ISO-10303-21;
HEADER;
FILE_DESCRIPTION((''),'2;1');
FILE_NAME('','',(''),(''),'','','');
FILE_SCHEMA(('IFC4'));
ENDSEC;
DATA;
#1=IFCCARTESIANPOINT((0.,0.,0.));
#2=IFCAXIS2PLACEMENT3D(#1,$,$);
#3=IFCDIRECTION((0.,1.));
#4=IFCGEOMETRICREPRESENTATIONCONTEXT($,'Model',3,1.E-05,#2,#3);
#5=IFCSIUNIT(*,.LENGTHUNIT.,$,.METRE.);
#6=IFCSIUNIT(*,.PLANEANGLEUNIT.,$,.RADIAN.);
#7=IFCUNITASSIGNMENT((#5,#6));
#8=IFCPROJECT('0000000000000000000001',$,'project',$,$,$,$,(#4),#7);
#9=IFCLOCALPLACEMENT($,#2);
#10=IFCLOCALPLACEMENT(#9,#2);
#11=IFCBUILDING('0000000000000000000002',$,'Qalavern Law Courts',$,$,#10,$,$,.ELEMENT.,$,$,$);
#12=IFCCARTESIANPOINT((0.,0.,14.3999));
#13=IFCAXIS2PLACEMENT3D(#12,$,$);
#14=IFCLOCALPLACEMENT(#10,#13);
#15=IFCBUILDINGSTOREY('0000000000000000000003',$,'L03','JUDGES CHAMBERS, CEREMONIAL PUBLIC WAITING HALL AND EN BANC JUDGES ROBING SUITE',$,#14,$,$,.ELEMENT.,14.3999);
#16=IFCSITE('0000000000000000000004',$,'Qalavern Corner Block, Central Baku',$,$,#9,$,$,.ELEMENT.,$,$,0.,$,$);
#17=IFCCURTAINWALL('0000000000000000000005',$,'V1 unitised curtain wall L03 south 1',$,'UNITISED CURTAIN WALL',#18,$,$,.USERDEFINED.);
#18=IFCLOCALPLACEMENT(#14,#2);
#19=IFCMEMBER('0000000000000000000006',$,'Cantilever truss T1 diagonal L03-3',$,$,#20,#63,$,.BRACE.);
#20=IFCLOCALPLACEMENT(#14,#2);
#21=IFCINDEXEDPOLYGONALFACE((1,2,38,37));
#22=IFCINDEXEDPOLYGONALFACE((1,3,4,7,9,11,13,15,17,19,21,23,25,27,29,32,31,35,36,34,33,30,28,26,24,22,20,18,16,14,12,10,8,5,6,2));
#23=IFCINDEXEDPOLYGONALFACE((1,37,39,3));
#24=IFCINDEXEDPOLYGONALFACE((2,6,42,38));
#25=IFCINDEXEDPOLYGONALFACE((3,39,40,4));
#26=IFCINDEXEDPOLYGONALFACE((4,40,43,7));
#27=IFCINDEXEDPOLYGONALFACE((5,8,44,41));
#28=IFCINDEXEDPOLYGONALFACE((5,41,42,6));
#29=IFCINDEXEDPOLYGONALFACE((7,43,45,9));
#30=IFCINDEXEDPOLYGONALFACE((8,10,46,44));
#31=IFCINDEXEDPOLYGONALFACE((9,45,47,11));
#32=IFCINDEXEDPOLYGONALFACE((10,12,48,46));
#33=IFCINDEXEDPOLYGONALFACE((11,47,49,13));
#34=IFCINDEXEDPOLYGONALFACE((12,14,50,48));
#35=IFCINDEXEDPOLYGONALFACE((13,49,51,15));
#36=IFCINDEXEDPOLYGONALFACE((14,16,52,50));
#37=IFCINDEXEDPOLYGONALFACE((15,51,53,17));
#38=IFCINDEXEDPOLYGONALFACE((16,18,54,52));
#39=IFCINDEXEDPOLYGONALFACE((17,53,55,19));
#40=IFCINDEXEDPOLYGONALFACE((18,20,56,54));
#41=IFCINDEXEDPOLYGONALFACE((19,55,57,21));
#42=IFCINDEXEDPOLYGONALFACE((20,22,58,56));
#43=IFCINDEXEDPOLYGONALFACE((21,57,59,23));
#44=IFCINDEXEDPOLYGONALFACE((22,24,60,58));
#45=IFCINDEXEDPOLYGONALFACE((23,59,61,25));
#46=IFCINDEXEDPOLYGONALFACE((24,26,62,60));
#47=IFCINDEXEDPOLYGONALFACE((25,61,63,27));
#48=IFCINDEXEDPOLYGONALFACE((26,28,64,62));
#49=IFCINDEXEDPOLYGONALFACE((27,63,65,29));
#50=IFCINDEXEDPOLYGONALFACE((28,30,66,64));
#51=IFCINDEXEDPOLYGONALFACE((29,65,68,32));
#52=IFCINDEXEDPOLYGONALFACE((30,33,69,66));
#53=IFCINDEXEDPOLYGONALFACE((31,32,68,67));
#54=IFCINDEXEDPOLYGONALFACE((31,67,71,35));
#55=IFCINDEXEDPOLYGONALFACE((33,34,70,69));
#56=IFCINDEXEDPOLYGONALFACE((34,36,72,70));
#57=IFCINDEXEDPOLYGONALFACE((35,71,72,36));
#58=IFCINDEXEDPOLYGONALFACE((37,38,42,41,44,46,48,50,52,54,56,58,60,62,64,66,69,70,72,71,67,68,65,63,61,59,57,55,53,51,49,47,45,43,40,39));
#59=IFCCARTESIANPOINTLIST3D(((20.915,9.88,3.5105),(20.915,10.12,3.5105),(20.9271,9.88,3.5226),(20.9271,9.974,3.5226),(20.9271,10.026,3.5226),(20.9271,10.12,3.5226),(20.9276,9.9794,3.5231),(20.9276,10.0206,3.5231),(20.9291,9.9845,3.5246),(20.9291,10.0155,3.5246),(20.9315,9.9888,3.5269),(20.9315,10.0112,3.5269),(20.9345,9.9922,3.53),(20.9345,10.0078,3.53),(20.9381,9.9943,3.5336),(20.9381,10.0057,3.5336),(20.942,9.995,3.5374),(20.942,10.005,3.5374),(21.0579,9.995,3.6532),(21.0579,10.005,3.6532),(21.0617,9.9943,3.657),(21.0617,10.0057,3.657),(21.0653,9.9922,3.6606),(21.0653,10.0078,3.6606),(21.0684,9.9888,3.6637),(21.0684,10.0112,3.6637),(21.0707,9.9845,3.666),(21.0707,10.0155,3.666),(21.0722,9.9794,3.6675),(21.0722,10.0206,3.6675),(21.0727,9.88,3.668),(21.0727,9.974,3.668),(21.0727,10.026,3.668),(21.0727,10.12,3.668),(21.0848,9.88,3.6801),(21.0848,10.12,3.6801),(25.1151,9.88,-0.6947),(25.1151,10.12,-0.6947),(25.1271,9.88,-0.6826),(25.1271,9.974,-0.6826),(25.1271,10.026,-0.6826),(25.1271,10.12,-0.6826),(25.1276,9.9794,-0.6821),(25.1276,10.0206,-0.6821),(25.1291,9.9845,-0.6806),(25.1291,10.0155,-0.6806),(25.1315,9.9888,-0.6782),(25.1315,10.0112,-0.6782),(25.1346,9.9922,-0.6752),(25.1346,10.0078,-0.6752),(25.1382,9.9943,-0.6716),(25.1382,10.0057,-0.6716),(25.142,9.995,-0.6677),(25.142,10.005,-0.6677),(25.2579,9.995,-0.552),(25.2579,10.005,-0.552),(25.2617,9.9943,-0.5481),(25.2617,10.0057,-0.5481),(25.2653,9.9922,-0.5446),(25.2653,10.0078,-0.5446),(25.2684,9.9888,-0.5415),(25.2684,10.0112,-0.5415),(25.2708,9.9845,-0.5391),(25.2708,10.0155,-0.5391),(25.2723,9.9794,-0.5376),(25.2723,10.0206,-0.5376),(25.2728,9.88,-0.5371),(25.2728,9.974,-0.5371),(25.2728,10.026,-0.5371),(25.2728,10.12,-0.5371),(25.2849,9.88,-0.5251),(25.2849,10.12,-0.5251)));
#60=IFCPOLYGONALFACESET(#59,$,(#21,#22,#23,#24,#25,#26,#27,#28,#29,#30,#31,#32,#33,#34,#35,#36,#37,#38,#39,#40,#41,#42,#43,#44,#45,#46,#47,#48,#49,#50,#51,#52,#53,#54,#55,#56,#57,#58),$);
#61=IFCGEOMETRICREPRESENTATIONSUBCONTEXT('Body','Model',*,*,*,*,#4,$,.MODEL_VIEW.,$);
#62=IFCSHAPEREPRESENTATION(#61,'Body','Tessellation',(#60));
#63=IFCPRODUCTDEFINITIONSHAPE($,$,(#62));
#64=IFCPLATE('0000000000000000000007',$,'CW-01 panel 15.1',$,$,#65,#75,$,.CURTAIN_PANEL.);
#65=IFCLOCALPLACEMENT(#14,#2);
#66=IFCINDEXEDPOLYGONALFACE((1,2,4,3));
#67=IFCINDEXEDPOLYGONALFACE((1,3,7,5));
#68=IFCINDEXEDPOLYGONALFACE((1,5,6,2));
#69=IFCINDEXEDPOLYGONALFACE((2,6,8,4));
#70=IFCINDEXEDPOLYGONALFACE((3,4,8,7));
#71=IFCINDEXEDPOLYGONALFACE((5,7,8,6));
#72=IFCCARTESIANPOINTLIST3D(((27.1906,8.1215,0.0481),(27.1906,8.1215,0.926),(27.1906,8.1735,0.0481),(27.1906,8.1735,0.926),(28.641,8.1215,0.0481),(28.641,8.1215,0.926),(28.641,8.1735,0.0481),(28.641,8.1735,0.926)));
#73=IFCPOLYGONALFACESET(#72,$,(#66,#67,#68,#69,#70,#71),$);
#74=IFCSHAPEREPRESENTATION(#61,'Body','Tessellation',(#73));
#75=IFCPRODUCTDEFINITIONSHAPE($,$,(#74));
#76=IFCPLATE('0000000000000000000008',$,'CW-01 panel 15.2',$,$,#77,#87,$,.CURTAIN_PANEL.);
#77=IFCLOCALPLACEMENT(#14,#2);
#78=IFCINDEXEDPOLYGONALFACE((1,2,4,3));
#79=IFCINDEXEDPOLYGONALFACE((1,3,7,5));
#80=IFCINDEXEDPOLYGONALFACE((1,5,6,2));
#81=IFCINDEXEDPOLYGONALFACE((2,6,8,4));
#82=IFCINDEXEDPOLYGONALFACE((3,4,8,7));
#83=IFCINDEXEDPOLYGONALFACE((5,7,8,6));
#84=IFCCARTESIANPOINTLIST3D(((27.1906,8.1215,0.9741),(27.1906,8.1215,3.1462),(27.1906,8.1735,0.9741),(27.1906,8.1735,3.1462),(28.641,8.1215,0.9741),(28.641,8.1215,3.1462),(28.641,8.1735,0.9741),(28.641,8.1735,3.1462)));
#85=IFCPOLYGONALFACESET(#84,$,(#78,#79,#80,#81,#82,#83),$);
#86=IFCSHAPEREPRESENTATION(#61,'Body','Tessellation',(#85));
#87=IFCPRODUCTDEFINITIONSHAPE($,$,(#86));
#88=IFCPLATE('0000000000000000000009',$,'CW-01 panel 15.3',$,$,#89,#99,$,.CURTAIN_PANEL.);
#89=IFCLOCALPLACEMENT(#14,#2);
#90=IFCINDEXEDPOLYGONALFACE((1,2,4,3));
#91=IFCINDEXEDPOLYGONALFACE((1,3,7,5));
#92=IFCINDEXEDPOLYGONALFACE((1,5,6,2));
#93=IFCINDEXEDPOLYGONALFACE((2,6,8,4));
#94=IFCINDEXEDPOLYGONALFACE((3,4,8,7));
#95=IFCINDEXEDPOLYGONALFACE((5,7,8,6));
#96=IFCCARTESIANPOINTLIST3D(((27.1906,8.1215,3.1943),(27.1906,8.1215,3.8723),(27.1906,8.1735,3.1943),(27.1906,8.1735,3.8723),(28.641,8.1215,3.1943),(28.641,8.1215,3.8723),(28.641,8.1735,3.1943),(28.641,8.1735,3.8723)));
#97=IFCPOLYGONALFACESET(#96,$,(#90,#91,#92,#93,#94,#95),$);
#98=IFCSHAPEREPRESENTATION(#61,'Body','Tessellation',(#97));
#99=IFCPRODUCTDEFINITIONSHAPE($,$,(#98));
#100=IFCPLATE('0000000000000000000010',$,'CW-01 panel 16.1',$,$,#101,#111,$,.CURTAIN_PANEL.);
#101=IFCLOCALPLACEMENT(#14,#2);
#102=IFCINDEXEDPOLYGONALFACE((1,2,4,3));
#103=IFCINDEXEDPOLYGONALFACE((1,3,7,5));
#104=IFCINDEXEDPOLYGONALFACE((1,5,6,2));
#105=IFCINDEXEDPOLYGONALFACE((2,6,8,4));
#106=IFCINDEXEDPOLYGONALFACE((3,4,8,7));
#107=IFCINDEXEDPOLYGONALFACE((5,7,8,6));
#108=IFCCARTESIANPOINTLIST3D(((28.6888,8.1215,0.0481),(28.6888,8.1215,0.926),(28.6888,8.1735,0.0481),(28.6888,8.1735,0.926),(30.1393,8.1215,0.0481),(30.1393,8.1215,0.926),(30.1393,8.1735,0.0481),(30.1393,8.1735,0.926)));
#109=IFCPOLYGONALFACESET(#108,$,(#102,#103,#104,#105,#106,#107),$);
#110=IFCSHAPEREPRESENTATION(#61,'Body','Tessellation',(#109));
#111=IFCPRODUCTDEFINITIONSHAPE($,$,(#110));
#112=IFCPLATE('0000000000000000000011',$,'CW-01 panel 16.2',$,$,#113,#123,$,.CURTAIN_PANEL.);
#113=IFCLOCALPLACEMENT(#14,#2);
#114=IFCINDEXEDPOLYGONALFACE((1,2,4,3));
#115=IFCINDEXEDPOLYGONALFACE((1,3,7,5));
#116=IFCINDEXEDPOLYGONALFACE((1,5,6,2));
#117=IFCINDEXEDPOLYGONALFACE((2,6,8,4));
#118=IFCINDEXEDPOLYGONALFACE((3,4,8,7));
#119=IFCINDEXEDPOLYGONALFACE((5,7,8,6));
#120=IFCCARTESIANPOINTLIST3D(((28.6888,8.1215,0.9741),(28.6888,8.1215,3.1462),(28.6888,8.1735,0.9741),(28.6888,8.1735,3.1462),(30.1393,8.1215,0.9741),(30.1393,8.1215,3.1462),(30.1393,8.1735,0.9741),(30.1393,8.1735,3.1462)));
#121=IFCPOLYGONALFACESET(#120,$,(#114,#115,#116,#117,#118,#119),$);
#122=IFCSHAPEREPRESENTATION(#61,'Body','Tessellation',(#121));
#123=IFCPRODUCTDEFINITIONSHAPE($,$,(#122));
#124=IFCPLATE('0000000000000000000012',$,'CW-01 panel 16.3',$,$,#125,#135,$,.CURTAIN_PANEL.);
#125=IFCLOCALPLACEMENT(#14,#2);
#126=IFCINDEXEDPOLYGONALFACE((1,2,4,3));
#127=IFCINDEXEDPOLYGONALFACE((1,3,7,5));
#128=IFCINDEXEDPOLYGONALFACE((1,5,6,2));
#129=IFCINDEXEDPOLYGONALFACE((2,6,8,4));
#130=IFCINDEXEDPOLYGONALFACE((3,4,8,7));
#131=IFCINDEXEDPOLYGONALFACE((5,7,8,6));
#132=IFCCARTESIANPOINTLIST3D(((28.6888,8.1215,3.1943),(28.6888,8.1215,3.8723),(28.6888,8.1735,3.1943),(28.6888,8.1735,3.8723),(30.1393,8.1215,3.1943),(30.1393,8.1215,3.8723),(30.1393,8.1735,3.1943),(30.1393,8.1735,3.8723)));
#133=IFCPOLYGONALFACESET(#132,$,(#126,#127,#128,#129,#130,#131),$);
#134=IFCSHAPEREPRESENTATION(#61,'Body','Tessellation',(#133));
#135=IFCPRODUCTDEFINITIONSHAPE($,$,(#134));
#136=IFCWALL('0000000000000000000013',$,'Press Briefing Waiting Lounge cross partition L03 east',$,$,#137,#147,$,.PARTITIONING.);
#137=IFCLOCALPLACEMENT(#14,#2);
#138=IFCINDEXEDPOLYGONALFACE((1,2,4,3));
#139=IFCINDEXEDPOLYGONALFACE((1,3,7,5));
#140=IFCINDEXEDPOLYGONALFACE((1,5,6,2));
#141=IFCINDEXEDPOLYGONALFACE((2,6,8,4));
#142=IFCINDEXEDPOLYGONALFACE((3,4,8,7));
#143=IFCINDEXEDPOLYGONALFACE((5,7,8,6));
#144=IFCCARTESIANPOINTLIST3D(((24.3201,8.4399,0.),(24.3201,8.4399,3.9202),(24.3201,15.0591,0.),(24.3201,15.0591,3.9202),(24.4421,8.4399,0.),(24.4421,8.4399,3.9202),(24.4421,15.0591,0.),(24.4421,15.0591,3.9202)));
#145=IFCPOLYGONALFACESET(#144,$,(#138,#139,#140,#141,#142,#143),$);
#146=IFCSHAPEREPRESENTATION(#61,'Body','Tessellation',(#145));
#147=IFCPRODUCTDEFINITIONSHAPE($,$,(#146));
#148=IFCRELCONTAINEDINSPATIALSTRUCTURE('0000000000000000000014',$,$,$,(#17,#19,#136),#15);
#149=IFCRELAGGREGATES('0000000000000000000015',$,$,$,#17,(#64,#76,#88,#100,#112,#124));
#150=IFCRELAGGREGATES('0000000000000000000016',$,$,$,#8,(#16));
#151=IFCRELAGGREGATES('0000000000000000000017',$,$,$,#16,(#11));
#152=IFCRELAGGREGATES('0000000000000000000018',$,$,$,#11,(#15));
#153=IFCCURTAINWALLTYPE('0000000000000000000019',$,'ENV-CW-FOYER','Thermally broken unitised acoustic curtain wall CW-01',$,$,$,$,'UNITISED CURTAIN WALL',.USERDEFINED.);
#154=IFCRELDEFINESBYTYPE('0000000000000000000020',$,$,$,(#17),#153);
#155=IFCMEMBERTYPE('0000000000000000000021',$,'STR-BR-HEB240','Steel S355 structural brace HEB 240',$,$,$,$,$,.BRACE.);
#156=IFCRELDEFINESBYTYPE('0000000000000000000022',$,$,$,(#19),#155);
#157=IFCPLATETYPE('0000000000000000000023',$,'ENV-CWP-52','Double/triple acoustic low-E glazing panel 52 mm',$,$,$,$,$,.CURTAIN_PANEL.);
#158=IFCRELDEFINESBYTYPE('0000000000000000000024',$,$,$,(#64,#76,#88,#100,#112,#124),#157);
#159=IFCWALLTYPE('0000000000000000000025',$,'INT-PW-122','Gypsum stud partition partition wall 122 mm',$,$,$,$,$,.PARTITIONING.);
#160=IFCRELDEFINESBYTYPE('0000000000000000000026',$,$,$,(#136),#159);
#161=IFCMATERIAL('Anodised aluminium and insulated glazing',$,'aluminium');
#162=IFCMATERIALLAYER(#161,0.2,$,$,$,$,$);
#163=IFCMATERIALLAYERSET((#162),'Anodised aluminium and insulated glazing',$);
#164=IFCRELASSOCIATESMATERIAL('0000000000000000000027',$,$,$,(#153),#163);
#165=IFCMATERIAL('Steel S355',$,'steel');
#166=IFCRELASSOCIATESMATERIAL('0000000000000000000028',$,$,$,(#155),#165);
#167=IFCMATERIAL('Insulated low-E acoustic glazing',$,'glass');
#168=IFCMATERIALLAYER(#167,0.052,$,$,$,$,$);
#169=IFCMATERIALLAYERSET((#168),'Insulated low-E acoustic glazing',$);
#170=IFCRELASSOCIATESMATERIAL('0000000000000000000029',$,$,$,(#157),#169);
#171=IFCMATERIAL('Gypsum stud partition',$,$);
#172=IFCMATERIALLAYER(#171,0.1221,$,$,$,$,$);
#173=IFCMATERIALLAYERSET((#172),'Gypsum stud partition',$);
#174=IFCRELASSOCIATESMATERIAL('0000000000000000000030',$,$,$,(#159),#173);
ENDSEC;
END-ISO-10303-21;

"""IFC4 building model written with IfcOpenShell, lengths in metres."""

from ifc_helpers import new_model, si_unit, direction, frame, frame_2d, origin, origin_2d, place, context, subcontext, project, spatial, rectangle, i_section, extrude, material, layer, layer_set, material_profile, profile_set, type_object, element, aggregate, save


model = new_model("IFC4")

# Units and contexts
model_context = context("Model", 3, precision=1e-05, world=origin(), true_north=direction((0.0, 1.0)))
body_context = subcontext(model_context, "Body", "Model", "MODEL_VIEW")
ifc_project = project(units=[si_unit("LENGTHUNIT", "METRE"), si_unit("PLANEANGLEUNIT", "RADIAN")], contexts=[model_context])

# Site, building, storey
site_placement = place(None, origin())
site = spatial("IfcSite", under=ifc_project, at=site_placement, Name="Qalavern Corner Block, Central Baku", CompositionType="ELEMENT", RefElevation=0.0)
building_placement = place(site_placement, origin())
building = spatial("IfcBuilding", under=site, at=building_placement, Name="Qalavern Law Courts", CompositionType="ELEMENT")
storey_placement = place(building_placement, frame((0.0, 0.0, 14.3999)))
storey = spatial("IfcBuildingStorey", under=building, at=storey_placement, Name="L03", Description="JUDGES CHAMBERS, CEREMONIAL PUBLIC WAITING HALL AND EN BANC JUDGES ROBING SUITE", CompositionType="ELEMENT", Elevation=14.3999)

# Curtain wall
ifc_material_1 = material(Name="Anodised aluminium and insulated glazing", Category="aluminium")
ifc_layer_1 = layer(ifc_material_1, 0.2)
ifc_layer_set_1 = layer_set([ifc_layer_1], Name="Anodised aluminium and insulated glazing")
curtain_wall_type = type_object("IfcCurtainWallType", Name="ENV-CW-FOYER", Description="Thermally broken unitised acoustic curtain wall CW-01", ElementType="UNITISED CURTAIN WALL", PredefinedType="USERDEFINED", material=ifc_layer_set_1)
curtain_wall_placement = place(storey_placement, origin())
curtain_wall = element("IfcCurtainWall", 1, at=curtain_wall_placement, inside=storey, type_object=curtain_wall_type, Name="V1 unitised curtain wall L03 south 1", ObjectType="UNITISED CURTAIN WALL", PredefinedType="USERDEFINED")

# Member
ifc_material_2 = material(Name="Steel S355", Category="steel")
ifc_material_profile_1 = material_profile(ifc_material_2, i_section(OverallWidth=0.24, OverallDepth=0.24, WebThickness=0.01, FlangeThickness=0.0171, FilletRadius=0.021, at=origin_2d()), Name="HEB 240")
ifc_profile_set_1 = profile_set([ifc_material_profile_1], Name="Steel S355")
member_type_1 = type_object("IfcMemberType", Name="STR-BR-HEB240", Description="Steel S355 structural brace HEB 240", PredefinedType="BRACE", material=ifc_profile_set_1)
member_1_placement = place(storey_placement, frame((25.2, 10.0, -0.6099), z_axis=(-0.706675, 0.0, 0.707538), x_axis=(0.0, -1.0, 0.0)))
element("IfcMember", 2, at=member_1_placement, inside=storey, type_object=member_type_1, Name="Cantilever truss T1 diagonal L03-3", PredefinedType="BRACE", context=body_context, shape_type="SweptSolid", body=[
    extrude(i_section(OverallWidth=0.24, OverallDepth=0.24, WebThickness=0.01, FlangeThickness=0.0171, FilletRadius=0.021, at=origin_2d()), origin(), (0.0, 0.0, 1.0), 5.9434),
])

# Plates
ifc_material_3 = material(Name="Insulated low-E acoustic glazing", Category="glass")
ifc_layer_2 = layer(ifc_material_3, 0.052)
ifc_layer_set_2 = layer_set([ifc_layer_2], Name="Insulated low-E acoustic glazing")
plate_type = type_object("IfcPlateType", Name="ENV-CWP-52", Description="Double/triple acoustic low-E glazing panel 52 mm", PredefinedType="CURTAIN_PANEL", material=ifc_layer_set_2)
plate_1_placement = place(storey_placement, frame((27.9158, 8.1475, 0.0481), z_axis=(0.0, 0.0, 1.0), x_axis=(1.0, 0.0, 0.0)))
plate_1 = element("IfcPlate", 3, at=plate_1_placement, type_object=plate_type, Name="CW-01 panel 15.1", PredefinedType="CURTAIN_PANEL", context=body_context, shape_type="SweptSolid", body=[
    extrude(rectangle(XDim=1.4504, YDim=0.052, at=origin_2d()), origin(), (0.0, 0.0, 1.0), 0.8779),
])
plate_2_placement = place(storey_placement, frame((27.9158, 8.1475, 0.9741), z_axis=(0.0, 0.0, 1.0), x_axis=(1.0, 0.0, 0.0)))
plate_2 = element("IfcPlate", 4, at=plate_2_placement, type_object=plate_type, Name="CW-01 panel 15.2", PredefinedType="CURTAIN_PANEL", context=body_context, shape_type="SweptSolid", body=[
    extrude(rectangle(XDim=1.4504, YDim=0.052, at=origin_2d()), origin(), (0.0, 0.0, 1.0), 2.1721),
])
plate_3_placement = place(storey_placement, frame((27.9158, 8.1475, 3.1943), z_axis=(0.0, 0.0, 1.0), x_axis=(1.0, 0.0, 0.0)))
plate_3 = element("IfcPlate", 5, at=plate_3_placement, type_object=plate_type, Name="CW-01 panel 15.3", PredefinedType="CURTAIN_PANEL", context=body_context, shape_type="SweptSolid", body=[
    extrude(rectangle(XDim=1.4504, YDim=0.052, at=origin_2d()), origin(), (0.0, 0.0, 1.0), 0.678),
])
plate_4_placement = place(storey_placement, frame((29.4141, 8.1475, 0.0481), z_axis=(0.0, 0.0, 1.0), x_axis=(1.0, 0.0, 0.0)))
plate_4 = element("IfcPlate", 6, at=plate_4_placement, type_object=plate_type, Name="CW-01 panel 16.1", PredefinedType="CURTAIN_PANEL", context=body_context, shape_type="SweptSolid", body=[
    extrude(rectangle(XDim=1.4504, YDim=0.052, at=origin_2d()), origin(), (0.0, 0.0, 1.0), 0.8779),
])
plate_5_placement = place(storey_placement, frame((29.4141, 8.1475, 0.9741), z_axis=(0.0, 0.0, 1.0), x_axis=(1.0, 0.0, 0.0)))
plate_5 = element("IfcPlate", 7, at=plate_5_placement, type_object=plate_type, Name="CW-01 panel 16.2", PredefinedType="CURTAIN_PANEL", context=body_context, shape_type="SweptSolid", body=[
    extrude(rectangle(XDim=1.4504, YDim=0.052, at=origin_2d()), origin(), (0.0, 0.0, 1.0), 2.1721),
])
plate_6_placement = place(storey_placement, frame((29.4141, 8.1475, 3.1943), z_axis=(0.0, 0.0, 1.0), x_axis=(1.0, 0.0, 0.0)))
plate_6 = element("IfcPlate", 8, at=plate_6_placement, type_object=plate_type, Name="CW-01 panel 16.3", PredefinedType="CURTAIN_PANEL", context=body_context, shape_type="SweptSolid", body=[
    extrude(rectangle(XDim=1.4504, YDim=0.052, at=origin_2d()), origin(), (0.0, 0.0, 1.0), 0.678),
])
aggregate(curtain_wall, [plate_1, plate_2, plate_3, plate_4, plate_5, plate_6])

# Wall
ifc_material_4 = material(Name="Gypsum stud partition")
ifc_layer_3 = layer(ifc_material_4, 0.1221)
ifc_layer_set_3 = layer_set([ifc_layer_3], Name="Gypsum stud partition")
wall_type = type_object("IfcWallType", Name="INT-PW-122", Description="Gypsum stud partition partition wall 122 mm", PredefinedType="PARTITIONING", material=ifc_layer_set_3)
wall_placement = place(storey_placement, frame((24.3811, 8.4399, 0.0), z_axis=(0.0, 0.0, 1.0), x_axis=(0.0, 1.0, 0.0)))
element("IfcWall", 9, at=wall_placement, inside=storey, type_object=wall_type, Name="Press Briefing Waiting Lounge cross partition L03 east", PredefinedType="PARTITIONING", context=body_context, shape_type="SweptSolid", body=[
    extrude(rectangle(XDim=6.6191, YDim=0.1221, at=frame_2d((3.3096, 0.0))), origin(), (0.0, 0.0, 1.0), 3.9202),
])

save(model, "model.ifc")
